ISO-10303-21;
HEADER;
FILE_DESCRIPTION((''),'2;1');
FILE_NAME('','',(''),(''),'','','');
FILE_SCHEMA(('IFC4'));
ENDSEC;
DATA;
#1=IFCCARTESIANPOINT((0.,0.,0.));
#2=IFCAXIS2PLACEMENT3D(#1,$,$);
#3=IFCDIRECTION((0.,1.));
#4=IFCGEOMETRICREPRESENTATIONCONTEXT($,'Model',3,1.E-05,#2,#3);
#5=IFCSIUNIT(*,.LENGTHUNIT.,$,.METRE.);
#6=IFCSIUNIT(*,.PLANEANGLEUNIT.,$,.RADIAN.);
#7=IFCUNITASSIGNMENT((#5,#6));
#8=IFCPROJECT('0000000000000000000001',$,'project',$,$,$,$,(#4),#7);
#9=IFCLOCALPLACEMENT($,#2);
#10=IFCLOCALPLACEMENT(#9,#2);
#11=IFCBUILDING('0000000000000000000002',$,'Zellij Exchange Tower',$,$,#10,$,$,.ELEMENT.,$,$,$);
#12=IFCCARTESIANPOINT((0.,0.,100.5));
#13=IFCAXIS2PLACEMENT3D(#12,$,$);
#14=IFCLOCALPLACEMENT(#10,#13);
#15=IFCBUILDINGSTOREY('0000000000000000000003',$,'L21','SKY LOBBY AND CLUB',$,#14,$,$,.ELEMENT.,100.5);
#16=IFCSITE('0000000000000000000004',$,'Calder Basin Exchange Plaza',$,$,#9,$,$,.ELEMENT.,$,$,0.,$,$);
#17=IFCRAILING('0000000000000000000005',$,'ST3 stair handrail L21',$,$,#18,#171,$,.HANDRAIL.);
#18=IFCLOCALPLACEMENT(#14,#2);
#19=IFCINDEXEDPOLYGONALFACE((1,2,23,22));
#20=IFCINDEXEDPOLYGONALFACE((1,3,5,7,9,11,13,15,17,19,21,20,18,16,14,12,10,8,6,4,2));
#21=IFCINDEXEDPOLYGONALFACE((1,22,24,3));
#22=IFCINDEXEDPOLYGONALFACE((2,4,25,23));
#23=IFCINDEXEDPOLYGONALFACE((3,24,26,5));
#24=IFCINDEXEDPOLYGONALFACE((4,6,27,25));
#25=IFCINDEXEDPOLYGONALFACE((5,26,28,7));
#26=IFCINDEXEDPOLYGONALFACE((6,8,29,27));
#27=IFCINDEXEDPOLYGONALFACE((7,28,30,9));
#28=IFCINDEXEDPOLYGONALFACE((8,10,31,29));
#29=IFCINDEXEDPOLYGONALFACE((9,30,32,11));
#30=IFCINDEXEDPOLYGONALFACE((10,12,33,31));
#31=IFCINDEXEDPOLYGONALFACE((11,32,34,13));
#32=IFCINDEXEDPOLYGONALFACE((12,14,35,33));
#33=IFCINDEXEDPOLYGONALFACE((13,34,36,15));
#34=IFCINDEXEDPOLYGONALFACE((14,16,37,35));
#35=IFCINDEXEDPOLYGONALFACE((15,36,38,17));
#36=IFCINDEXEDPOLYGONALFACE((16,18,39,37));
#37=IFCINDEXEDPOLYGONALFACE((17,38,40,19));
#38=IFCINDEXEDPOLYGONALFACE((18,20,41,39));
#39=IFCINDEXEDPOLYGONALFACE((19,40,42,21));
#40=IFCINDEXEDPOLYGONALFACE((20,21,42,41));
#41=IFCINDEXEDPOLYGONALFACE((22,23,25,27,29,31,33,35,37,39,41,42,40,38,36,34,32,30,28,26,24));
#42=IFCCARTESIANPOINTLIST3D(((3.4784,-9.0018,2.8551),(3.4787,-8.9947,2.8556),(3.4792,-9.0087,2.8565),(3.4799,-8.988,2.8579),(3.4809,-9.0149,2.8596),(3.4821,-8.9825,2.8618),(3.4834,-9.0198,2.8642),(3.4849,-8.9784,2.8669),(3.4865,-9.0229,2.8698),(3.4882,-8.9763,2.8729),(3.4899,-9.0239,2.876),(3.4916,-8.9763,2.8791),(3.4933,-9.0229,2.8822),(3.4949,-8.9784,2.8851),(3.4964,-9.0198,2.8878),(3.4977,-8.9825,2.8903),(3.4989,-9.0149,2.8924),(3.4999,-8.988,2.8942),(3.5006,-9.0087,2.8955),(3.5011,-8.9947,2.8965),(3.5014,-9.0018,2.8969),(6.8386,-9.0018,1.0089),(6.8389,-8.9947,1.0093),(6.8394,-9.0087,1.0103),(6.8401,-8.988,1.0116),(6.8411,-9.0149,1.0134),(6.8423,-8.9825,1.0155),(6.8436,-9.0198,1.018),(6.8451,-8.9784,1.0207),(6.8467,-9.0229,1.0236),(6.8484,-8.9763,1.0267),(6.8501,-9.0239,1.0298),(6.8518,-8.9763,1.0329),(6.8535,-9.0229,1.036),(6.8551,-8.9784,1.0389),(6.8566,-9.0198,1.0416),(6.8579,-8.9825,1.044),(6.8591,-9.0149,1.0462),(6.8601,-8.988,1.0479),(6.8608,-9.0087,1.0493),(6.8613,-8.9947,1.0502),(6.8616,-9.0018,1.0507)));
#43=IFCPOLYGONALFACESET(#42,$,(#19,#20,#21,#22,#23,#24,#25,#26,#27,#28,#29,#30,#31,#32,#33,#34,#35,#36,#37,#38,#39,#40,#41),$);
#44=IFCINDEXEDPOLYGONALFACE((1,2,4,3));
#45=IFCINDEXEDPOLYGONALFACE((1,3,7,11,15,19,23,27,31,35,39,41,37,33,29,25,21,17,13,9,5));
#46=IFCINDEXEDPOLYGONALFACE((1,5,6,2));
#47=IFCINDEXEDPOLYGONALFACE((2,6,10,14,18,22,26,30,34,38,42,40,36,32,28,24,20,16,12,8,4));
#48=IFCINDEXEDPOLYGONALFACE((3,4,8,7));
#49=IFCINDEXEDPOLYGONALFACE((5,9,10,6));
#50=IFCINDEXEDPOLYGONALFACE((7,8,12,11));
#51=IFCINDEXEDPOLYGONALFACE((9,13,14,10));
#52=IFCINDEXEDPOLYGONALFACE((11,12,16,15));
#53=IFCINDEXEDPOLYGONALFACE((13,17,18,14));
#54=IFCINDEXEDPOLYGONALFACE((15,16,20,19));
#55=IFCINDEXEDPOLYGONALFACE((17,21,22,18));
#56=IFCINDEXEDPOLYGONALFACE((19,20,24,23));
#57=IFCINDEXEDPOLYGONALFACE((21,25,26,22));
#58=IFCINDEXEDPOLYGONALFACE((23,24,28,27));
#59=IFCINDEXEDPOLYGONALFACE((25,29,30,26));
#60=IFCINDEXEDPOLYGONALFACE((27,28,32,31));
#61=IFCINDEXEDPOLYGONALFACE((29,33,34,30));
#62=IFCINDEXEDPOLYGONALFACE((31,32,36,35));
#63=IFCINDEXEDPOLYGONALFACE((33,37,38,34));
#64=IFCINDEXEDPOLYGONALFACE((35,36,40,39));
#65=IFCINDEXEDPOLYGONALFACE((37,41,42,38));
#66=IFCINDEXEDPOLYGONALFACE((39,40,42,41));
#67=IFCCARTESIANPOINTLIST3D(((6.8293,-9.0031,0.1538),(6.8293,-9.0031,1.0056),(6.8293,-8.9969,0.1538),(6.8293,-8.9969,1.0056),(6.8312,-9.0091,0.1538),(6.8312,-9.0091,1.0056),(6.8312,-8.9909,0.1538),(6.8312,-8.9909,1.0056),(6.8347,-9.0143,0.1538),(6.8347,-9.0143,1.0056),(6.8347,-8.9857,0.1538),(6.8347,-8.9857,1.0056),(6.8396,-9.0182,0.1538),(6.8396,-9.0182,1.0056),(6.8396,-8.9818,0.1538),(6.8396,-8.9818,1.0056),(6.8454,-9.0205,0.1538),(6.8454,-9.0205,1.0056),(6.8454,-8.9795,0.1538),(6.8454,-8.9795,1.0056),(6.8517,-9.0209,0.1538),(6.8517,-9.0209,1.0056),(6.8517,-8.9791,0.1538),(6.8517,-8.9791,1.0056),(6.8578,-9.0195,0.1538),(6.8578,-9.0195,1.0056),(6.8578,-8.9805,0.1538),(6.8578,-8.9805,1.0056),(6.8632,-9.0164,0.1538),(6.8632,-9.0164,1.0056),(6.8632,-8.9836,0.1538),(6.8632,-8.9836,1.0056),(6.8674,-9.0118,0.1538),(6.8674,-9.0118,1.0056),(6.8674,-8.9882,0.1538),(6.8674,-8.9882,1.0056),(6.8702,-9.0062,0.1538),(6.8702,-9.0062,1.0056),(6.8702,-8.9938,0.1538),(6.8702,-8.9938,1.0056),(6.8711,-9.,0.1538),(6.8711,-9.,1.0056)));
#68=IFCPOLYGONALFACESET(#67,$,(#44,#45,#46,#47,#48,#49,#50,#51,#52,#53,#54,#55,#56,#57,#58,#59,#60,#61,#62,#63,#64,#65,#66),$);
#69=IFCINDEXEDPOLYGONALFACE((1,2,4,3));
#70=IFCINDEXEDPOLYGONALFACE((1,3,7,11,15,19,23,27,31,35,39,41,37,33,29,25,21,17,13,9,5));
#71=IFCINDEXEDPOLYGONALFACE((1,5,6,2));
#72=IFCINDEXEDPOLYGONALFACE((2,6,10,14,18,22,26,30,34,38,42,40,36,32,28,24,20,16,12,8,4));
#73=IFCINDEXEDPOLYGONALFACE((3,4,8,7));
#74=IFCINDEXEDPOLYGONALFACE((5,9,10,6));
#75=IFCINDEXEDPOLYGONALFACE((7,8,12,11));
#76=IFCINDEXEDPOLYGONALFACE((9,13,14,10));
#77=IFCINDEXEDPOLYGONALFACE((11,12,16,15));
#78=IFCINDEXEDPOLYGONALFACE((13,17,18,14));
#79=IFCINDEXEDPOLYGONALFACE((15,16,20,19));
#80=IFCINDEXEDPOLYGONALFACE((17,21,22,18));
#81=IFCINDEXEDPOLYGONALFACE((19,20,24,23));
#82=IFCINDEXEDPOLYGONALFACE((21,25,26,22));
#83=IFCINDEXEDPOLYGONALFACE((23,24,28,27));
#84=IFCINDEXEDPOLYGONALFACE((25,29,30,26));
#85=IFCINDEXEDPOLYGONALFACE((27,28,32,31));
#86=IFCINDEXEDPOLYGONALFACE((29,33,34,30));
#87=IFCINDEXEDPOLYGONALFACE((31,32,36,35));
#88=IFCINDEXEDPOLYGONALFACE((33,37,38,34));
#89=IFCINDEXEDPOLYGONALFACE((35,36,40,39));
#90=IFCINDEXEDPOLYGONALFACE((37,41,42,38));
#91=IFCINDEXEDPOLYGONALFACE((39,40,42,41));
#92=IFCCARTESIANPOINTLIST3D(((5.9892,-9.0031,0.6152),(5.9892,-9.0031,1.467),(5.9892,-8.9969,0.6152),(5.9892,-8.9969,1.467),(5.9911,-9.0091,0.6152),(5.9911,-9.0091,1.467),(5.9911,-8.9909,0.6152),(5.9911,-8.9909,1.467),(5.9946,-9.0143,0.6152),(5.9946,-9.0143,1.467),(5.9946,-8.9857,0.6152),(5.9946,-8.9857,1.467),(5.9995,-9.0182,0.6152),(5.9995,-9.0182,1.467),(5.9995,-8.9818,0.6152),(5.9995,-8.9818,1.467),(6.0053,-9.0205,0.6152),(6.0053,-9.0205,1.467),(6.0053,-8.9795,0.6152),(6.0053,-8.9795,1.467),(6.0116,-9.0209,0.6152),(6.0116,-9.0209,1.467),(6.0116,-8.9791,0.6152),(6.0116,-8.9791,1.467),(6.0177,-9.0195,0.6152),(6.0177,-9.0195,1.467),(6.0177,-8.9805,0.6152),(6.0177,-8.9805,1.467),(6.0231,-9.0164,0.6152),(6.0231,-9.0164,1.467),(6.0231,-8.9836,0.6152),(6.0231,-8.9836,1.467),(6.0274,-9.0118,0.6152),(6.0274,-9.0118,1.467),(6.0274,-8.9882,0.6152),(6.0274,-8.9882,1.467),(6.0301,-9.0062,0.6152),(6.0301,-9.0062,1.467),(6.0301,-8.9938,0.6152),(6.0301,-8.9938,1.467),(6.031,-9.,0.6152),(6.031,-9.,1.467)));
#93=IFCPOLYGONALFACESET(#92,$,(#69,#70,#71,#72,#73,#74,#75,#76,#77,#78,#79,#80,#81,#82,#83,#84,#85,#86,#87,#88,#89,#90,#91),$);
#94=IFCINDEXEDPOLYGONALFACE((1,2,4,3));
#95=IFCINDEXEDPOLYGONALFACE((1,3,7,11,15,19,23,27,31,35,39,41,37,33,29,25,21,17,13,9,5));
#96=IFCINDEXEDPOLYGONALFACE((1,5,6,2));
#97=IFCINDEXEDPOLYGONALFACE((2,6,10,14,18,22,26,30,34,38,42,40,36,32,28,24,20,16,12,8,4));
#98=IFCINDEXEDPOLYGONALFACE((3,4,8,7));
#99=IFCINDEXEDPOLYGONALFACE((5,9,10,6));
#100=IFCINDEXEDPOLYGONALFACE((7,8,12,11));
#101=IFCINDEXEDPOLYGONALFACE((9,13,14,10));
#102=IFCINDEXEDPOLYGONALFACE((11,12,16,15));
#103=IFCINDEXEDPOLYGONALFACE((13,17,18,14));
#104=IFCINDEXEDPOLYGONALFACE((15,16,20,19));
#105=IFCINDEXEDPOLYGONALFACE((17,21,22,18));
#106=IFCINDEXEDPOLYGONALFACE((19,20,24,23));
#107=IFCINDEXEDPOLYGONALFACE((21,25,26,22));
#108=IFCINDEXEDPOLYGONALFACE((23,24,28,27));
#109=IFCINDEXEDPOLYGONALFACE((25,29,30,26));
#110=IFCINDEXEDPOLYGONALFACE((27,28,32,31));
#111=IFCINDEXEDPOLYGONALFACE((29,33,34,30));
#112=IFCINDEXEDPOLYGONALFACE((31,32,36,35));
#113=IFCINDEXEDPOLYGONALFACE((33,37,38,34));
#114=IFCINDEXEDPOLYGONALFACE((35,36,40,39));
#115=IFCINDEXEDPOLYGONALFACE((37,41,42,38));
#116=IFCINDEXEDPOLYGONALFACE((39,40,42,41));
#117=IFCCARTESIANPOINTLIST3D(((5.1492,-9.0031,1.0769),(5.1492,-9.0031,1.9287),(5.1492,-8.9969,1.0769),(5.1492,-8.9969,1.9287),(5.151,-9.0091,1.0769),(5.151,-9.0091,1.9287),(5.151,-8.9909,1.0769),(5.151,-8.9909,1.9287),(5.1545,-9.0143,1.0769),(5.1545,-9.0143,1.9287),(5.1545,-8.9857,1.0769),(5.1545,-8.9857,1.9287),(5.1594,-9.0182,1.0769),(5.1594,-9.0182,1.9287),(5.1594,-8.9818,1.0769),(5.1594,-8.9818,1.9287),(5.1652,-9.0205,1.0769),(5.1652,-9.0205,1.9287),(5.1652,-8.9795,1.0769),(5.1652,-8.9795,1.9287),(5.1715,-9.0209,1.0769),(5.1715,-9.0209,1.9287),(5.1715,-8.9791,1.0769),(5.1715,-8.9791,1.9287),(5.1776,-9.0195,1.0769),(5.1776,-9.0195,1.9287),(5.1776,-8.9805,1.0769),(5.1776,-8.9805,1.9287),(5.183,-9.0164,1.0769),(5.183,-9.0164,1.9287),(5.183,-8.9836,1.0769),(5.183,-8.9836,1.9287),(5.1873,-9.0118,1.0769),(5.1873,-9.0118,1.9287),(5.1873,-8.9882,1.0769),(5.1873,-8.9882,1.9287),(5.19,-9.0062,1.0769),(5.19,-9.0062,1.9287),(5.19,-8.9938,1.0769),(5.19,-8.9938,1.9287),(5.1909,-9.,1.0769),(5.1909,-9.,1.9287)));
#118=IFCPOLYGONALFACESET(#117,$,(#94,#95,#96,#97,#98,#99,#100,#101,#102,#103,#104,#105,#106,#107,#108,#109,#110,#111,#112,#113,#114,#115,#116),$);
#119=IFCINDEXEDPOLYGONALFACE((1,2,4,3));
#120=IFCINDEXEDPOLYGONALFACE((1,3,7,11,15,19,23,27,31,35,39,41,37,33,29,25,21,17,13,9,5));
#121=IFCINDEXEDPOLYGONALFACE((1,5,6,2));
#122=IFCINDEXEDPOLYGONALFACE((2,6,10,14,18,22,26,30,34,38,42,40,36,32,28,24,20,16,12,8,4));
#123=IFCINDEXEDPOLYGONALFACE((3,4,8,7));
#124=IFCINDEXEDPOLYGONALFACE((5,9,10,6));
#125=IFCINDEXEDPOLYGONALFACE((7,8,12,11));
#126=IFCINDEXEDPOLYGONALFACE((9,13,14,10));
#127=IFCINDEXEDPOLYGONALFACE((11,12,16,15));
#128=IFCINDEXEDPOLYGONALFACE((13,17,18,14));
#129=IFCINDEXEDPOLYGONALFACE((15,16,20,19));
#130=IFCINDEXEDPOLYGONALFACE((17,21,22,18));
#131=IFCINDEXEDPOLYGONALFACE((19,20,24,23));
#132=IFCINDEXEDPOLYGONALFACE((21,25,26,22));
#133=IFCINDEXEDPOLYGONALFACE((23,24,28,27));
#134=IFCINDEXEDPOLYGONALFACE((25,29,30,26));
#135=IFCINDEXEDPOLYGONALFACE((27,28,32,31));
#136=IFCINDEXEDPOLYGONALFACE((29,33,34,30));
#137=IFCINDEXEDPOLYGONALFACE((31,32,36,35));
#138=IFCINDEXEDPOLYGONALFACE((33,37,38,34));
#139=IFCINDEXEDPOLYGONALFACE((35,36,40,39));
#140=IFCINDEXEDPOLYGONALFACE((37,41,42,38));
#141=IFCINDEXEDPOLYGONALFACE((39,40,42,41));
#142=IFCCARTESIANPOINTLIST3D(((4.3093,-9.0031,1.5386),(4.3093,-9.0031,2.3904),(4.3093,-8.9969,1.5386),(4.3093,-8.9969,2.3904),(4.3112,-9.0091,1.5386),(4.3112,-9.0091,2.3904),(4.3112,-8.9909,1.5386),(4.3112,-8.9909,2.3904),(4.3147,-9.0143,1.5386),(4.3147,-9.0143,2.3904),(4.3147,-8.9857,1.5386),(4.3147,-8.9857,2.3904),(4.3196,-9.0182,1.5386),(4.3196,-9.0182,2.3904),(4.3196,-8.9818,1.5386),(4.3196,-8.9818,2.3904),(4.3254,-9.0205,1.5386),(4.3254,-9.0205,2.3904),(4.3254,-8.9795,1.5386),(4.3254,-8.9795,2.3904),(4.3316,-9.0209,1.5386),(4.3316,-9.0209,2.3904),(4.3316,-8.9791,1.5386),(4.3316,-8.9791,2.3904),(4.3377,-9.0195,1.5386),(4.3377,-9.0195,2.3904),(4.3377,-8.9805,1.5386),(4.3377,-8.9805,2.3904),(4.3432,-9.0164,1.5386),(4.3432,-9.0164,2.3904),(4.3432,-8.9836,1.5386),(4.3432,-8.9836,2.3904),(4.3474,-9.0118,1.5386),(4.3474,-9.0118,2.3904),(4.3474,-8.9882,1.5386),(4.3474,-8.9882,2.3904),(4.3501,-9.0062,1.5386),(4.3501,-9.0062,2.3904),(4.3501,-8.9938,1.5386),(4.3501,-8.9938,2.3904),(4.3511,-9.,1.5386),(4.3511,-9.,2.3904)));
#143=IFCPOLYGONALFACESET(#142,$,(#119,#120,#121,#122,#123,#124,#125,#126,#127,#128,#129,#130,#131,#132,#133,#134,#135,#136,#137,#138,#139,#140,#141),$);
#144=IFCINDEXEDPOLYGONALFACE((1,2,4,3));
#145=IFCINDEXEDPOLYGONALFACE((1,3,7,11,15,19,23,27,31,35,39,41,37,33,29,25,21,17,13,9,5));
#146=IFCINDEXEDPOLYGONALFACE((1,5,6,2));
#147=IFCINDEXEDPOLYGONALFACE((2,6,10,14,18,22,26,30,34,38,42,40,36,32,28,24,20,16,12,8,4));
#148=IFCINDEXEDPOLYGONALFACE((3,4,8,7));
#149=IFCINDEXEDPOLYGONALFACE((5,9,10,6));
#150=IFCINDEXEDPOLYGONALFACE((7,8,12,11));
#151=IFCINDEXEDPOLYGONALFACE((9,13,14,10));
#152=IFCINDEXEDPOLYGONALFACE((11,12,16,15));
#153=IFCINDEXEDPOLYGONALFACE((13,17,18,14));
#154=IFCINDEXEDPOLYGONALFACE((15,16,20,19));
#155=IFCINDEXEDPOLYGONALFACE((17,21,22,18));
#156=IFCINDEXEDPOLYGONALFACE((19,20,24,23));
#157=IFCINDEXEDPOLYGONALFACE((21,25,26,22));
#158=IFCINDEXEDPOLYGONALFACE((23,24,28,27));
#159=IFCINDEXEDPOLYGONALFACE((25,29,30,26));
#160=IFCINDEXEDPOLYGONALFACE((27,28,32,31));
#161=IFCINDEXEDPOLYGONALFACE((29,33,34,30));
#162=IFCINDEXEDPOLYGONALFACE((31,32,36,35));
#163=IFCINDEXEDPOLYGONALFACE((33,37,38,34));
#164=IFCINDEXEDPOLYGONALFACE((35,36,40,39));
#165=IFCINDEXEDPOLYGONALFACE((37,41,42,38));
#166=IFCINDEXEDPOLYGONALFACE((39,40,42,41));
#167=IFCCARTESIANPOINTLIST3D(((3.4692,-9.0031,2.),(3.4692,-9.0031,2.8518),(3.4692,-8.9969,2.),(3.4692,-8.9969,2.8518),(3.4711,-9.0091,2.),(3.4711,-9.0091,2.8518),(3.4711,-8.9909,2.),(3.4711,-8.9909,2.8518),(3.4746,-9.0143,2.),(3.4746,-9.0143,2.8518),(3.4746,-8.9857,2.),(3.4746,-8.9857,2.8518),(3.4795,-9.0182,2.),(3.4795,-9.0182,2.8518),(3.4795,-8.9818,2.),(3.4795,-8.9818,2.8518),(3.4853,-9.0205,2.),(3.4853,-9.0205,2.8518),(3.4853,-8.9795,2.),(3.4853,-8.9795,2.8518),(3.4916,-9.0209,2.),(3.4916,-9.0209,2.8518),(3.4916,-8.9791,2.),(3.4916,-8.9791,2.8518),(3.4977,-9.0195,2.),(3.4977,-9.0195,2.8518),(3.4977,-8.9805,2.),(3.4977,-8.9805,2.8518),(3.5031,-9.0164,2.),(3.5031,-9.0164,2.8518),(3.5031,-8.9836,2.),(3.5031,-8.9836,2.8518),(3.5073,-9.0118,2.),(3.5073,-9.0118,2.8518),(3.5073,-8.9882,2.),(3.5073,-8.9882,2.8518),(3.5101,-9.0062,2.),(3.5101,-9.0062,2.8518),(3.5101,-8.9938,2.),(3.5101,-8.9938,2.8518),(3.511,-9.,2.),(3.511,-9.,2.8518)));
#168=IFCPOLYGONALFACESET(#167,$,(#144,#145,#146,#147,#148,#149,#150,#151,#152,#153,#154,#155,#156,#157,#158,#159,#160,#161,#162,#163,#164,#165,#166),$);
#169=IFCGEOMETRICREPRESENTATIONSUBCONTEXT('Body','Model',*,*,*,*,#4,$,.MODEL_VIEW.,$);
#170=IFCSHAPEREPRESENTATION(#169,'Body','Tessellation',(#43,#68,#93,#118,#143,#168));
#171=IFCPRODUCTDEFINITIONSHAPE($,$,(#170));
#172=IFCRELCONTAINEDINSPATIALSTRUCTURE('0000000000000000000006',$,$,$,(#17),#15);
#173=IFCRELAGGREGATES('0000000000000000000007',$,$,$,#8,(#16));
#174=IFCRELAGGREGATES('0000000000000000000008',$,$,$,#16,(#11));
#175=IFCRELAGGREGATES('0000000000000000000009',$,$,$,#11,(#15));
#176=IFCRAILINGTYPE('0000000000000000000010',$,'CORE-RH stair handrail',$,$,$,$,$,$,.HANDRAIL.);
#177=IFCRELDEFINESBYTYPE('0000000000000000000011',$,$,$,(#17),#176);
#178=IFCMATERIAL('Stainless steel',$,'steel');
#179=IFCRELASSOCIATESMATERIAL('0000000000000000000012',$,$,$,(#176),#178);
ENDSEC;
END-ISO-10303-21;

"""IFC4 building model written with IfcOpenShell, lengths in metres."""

from ifc_helpers import new_model, si_unit, direction, frame, origin, origin_2d, place, context, subcontext, project, spatial, circle, extrude, material, type_object, element, save


model = new_model("IFC4")

# Units and contexts
model_context = context("Model", 3, precision=1e-05, world=origin(), true_north=direction((0.0, 1.0)))
body_context = subcontext(model_context, "Body", "Model", "MODEL_VIEW")
ifc_project = project(units=[si_unit("LENGTHUNIT", "METRE"), si_unit("PLANEANGLEUNIT", "RADIAN")], contexts=[model_context])

# Site, building, storey
site_placement = place(None, origin())
site = spatial("IfcSite", under=ifc_project, at=site_placement, Name="Calder Basin Exchange Plaza", CompositionType="ELEMENT", RefElevation=0.0)
building_placement = place(site_placement, origin())
building = spatial("IfcBuilding", under=site, at=building_placement, Name="Zellij Exchange Tower", CompositionType="ELEMENT")
storey_placement = place(building_placement, frame((0.0, 0.0, 100.5)))
storey = spatial("IfcBuildingStorey", under=building, at=storey_placement, Name="L21", Description="SKY LOBBY AND CLUB", CompositionType="ELEMENT", Elevation=100.5)

# Railing
ifc_material_1 = material(Name="Stainless steel", Category="steel")
railing_type_1 = type_object("IfcRailingType", Name="CORE-RH stair handrail", PredefinedType="HANDRAIL", material=ifc_material_1)
railing_1_placement = place(storey_placement, frame((6.8501, -9.0, 0.1538)))
element("IfcRailing", 1, at=railing_1_placement, inside=storey, type_object=railing_type_1, Name="ST3 stair handrail L21", PredefinedType="HANDRAIL", context=body_context, shape_type="SweptSolid", body=[
    extrude(circle(Radius=0.0239, at=origin_2d()), frame((0.0, 0.0, 0.876), z_axis=(-0.876422, 0.0, 0.481545), x_axis=(0.0, -1.0, 0.0)), (0.0, 0.0, 1.0), 3.834),
    extrude(circle(Radius=0.021, at=origin_2d()), origin(), (0.0, 0.0, 1.0), 0.8518),
    extrude(circle(Radius=0.021, at=origin_2d()), frame((-0.8401, 0.0, 0.4614)), (0.0, 0.0, 1.0), 0.8518),
    extrude(circle(Radius=0.021, at=origin_2d()), frame((-1.6802, 0.0, 0.9231)), (0.0, 0.0, 1.0), 0.8518),
    extrude(circle(Radius=0.021, at=origin_2d()), frame((-2.52, 0.0, 1.3848)), (0.0, 0.0, 1.0), 0.8518),
    extrude(circle(Radius=0.021, at=origin_2d()), frame((-3.3601, 0.0, 1.8462)), (0.0, 0.0, 1.0), 0.8518),
])

save(model, "model.ifc")
